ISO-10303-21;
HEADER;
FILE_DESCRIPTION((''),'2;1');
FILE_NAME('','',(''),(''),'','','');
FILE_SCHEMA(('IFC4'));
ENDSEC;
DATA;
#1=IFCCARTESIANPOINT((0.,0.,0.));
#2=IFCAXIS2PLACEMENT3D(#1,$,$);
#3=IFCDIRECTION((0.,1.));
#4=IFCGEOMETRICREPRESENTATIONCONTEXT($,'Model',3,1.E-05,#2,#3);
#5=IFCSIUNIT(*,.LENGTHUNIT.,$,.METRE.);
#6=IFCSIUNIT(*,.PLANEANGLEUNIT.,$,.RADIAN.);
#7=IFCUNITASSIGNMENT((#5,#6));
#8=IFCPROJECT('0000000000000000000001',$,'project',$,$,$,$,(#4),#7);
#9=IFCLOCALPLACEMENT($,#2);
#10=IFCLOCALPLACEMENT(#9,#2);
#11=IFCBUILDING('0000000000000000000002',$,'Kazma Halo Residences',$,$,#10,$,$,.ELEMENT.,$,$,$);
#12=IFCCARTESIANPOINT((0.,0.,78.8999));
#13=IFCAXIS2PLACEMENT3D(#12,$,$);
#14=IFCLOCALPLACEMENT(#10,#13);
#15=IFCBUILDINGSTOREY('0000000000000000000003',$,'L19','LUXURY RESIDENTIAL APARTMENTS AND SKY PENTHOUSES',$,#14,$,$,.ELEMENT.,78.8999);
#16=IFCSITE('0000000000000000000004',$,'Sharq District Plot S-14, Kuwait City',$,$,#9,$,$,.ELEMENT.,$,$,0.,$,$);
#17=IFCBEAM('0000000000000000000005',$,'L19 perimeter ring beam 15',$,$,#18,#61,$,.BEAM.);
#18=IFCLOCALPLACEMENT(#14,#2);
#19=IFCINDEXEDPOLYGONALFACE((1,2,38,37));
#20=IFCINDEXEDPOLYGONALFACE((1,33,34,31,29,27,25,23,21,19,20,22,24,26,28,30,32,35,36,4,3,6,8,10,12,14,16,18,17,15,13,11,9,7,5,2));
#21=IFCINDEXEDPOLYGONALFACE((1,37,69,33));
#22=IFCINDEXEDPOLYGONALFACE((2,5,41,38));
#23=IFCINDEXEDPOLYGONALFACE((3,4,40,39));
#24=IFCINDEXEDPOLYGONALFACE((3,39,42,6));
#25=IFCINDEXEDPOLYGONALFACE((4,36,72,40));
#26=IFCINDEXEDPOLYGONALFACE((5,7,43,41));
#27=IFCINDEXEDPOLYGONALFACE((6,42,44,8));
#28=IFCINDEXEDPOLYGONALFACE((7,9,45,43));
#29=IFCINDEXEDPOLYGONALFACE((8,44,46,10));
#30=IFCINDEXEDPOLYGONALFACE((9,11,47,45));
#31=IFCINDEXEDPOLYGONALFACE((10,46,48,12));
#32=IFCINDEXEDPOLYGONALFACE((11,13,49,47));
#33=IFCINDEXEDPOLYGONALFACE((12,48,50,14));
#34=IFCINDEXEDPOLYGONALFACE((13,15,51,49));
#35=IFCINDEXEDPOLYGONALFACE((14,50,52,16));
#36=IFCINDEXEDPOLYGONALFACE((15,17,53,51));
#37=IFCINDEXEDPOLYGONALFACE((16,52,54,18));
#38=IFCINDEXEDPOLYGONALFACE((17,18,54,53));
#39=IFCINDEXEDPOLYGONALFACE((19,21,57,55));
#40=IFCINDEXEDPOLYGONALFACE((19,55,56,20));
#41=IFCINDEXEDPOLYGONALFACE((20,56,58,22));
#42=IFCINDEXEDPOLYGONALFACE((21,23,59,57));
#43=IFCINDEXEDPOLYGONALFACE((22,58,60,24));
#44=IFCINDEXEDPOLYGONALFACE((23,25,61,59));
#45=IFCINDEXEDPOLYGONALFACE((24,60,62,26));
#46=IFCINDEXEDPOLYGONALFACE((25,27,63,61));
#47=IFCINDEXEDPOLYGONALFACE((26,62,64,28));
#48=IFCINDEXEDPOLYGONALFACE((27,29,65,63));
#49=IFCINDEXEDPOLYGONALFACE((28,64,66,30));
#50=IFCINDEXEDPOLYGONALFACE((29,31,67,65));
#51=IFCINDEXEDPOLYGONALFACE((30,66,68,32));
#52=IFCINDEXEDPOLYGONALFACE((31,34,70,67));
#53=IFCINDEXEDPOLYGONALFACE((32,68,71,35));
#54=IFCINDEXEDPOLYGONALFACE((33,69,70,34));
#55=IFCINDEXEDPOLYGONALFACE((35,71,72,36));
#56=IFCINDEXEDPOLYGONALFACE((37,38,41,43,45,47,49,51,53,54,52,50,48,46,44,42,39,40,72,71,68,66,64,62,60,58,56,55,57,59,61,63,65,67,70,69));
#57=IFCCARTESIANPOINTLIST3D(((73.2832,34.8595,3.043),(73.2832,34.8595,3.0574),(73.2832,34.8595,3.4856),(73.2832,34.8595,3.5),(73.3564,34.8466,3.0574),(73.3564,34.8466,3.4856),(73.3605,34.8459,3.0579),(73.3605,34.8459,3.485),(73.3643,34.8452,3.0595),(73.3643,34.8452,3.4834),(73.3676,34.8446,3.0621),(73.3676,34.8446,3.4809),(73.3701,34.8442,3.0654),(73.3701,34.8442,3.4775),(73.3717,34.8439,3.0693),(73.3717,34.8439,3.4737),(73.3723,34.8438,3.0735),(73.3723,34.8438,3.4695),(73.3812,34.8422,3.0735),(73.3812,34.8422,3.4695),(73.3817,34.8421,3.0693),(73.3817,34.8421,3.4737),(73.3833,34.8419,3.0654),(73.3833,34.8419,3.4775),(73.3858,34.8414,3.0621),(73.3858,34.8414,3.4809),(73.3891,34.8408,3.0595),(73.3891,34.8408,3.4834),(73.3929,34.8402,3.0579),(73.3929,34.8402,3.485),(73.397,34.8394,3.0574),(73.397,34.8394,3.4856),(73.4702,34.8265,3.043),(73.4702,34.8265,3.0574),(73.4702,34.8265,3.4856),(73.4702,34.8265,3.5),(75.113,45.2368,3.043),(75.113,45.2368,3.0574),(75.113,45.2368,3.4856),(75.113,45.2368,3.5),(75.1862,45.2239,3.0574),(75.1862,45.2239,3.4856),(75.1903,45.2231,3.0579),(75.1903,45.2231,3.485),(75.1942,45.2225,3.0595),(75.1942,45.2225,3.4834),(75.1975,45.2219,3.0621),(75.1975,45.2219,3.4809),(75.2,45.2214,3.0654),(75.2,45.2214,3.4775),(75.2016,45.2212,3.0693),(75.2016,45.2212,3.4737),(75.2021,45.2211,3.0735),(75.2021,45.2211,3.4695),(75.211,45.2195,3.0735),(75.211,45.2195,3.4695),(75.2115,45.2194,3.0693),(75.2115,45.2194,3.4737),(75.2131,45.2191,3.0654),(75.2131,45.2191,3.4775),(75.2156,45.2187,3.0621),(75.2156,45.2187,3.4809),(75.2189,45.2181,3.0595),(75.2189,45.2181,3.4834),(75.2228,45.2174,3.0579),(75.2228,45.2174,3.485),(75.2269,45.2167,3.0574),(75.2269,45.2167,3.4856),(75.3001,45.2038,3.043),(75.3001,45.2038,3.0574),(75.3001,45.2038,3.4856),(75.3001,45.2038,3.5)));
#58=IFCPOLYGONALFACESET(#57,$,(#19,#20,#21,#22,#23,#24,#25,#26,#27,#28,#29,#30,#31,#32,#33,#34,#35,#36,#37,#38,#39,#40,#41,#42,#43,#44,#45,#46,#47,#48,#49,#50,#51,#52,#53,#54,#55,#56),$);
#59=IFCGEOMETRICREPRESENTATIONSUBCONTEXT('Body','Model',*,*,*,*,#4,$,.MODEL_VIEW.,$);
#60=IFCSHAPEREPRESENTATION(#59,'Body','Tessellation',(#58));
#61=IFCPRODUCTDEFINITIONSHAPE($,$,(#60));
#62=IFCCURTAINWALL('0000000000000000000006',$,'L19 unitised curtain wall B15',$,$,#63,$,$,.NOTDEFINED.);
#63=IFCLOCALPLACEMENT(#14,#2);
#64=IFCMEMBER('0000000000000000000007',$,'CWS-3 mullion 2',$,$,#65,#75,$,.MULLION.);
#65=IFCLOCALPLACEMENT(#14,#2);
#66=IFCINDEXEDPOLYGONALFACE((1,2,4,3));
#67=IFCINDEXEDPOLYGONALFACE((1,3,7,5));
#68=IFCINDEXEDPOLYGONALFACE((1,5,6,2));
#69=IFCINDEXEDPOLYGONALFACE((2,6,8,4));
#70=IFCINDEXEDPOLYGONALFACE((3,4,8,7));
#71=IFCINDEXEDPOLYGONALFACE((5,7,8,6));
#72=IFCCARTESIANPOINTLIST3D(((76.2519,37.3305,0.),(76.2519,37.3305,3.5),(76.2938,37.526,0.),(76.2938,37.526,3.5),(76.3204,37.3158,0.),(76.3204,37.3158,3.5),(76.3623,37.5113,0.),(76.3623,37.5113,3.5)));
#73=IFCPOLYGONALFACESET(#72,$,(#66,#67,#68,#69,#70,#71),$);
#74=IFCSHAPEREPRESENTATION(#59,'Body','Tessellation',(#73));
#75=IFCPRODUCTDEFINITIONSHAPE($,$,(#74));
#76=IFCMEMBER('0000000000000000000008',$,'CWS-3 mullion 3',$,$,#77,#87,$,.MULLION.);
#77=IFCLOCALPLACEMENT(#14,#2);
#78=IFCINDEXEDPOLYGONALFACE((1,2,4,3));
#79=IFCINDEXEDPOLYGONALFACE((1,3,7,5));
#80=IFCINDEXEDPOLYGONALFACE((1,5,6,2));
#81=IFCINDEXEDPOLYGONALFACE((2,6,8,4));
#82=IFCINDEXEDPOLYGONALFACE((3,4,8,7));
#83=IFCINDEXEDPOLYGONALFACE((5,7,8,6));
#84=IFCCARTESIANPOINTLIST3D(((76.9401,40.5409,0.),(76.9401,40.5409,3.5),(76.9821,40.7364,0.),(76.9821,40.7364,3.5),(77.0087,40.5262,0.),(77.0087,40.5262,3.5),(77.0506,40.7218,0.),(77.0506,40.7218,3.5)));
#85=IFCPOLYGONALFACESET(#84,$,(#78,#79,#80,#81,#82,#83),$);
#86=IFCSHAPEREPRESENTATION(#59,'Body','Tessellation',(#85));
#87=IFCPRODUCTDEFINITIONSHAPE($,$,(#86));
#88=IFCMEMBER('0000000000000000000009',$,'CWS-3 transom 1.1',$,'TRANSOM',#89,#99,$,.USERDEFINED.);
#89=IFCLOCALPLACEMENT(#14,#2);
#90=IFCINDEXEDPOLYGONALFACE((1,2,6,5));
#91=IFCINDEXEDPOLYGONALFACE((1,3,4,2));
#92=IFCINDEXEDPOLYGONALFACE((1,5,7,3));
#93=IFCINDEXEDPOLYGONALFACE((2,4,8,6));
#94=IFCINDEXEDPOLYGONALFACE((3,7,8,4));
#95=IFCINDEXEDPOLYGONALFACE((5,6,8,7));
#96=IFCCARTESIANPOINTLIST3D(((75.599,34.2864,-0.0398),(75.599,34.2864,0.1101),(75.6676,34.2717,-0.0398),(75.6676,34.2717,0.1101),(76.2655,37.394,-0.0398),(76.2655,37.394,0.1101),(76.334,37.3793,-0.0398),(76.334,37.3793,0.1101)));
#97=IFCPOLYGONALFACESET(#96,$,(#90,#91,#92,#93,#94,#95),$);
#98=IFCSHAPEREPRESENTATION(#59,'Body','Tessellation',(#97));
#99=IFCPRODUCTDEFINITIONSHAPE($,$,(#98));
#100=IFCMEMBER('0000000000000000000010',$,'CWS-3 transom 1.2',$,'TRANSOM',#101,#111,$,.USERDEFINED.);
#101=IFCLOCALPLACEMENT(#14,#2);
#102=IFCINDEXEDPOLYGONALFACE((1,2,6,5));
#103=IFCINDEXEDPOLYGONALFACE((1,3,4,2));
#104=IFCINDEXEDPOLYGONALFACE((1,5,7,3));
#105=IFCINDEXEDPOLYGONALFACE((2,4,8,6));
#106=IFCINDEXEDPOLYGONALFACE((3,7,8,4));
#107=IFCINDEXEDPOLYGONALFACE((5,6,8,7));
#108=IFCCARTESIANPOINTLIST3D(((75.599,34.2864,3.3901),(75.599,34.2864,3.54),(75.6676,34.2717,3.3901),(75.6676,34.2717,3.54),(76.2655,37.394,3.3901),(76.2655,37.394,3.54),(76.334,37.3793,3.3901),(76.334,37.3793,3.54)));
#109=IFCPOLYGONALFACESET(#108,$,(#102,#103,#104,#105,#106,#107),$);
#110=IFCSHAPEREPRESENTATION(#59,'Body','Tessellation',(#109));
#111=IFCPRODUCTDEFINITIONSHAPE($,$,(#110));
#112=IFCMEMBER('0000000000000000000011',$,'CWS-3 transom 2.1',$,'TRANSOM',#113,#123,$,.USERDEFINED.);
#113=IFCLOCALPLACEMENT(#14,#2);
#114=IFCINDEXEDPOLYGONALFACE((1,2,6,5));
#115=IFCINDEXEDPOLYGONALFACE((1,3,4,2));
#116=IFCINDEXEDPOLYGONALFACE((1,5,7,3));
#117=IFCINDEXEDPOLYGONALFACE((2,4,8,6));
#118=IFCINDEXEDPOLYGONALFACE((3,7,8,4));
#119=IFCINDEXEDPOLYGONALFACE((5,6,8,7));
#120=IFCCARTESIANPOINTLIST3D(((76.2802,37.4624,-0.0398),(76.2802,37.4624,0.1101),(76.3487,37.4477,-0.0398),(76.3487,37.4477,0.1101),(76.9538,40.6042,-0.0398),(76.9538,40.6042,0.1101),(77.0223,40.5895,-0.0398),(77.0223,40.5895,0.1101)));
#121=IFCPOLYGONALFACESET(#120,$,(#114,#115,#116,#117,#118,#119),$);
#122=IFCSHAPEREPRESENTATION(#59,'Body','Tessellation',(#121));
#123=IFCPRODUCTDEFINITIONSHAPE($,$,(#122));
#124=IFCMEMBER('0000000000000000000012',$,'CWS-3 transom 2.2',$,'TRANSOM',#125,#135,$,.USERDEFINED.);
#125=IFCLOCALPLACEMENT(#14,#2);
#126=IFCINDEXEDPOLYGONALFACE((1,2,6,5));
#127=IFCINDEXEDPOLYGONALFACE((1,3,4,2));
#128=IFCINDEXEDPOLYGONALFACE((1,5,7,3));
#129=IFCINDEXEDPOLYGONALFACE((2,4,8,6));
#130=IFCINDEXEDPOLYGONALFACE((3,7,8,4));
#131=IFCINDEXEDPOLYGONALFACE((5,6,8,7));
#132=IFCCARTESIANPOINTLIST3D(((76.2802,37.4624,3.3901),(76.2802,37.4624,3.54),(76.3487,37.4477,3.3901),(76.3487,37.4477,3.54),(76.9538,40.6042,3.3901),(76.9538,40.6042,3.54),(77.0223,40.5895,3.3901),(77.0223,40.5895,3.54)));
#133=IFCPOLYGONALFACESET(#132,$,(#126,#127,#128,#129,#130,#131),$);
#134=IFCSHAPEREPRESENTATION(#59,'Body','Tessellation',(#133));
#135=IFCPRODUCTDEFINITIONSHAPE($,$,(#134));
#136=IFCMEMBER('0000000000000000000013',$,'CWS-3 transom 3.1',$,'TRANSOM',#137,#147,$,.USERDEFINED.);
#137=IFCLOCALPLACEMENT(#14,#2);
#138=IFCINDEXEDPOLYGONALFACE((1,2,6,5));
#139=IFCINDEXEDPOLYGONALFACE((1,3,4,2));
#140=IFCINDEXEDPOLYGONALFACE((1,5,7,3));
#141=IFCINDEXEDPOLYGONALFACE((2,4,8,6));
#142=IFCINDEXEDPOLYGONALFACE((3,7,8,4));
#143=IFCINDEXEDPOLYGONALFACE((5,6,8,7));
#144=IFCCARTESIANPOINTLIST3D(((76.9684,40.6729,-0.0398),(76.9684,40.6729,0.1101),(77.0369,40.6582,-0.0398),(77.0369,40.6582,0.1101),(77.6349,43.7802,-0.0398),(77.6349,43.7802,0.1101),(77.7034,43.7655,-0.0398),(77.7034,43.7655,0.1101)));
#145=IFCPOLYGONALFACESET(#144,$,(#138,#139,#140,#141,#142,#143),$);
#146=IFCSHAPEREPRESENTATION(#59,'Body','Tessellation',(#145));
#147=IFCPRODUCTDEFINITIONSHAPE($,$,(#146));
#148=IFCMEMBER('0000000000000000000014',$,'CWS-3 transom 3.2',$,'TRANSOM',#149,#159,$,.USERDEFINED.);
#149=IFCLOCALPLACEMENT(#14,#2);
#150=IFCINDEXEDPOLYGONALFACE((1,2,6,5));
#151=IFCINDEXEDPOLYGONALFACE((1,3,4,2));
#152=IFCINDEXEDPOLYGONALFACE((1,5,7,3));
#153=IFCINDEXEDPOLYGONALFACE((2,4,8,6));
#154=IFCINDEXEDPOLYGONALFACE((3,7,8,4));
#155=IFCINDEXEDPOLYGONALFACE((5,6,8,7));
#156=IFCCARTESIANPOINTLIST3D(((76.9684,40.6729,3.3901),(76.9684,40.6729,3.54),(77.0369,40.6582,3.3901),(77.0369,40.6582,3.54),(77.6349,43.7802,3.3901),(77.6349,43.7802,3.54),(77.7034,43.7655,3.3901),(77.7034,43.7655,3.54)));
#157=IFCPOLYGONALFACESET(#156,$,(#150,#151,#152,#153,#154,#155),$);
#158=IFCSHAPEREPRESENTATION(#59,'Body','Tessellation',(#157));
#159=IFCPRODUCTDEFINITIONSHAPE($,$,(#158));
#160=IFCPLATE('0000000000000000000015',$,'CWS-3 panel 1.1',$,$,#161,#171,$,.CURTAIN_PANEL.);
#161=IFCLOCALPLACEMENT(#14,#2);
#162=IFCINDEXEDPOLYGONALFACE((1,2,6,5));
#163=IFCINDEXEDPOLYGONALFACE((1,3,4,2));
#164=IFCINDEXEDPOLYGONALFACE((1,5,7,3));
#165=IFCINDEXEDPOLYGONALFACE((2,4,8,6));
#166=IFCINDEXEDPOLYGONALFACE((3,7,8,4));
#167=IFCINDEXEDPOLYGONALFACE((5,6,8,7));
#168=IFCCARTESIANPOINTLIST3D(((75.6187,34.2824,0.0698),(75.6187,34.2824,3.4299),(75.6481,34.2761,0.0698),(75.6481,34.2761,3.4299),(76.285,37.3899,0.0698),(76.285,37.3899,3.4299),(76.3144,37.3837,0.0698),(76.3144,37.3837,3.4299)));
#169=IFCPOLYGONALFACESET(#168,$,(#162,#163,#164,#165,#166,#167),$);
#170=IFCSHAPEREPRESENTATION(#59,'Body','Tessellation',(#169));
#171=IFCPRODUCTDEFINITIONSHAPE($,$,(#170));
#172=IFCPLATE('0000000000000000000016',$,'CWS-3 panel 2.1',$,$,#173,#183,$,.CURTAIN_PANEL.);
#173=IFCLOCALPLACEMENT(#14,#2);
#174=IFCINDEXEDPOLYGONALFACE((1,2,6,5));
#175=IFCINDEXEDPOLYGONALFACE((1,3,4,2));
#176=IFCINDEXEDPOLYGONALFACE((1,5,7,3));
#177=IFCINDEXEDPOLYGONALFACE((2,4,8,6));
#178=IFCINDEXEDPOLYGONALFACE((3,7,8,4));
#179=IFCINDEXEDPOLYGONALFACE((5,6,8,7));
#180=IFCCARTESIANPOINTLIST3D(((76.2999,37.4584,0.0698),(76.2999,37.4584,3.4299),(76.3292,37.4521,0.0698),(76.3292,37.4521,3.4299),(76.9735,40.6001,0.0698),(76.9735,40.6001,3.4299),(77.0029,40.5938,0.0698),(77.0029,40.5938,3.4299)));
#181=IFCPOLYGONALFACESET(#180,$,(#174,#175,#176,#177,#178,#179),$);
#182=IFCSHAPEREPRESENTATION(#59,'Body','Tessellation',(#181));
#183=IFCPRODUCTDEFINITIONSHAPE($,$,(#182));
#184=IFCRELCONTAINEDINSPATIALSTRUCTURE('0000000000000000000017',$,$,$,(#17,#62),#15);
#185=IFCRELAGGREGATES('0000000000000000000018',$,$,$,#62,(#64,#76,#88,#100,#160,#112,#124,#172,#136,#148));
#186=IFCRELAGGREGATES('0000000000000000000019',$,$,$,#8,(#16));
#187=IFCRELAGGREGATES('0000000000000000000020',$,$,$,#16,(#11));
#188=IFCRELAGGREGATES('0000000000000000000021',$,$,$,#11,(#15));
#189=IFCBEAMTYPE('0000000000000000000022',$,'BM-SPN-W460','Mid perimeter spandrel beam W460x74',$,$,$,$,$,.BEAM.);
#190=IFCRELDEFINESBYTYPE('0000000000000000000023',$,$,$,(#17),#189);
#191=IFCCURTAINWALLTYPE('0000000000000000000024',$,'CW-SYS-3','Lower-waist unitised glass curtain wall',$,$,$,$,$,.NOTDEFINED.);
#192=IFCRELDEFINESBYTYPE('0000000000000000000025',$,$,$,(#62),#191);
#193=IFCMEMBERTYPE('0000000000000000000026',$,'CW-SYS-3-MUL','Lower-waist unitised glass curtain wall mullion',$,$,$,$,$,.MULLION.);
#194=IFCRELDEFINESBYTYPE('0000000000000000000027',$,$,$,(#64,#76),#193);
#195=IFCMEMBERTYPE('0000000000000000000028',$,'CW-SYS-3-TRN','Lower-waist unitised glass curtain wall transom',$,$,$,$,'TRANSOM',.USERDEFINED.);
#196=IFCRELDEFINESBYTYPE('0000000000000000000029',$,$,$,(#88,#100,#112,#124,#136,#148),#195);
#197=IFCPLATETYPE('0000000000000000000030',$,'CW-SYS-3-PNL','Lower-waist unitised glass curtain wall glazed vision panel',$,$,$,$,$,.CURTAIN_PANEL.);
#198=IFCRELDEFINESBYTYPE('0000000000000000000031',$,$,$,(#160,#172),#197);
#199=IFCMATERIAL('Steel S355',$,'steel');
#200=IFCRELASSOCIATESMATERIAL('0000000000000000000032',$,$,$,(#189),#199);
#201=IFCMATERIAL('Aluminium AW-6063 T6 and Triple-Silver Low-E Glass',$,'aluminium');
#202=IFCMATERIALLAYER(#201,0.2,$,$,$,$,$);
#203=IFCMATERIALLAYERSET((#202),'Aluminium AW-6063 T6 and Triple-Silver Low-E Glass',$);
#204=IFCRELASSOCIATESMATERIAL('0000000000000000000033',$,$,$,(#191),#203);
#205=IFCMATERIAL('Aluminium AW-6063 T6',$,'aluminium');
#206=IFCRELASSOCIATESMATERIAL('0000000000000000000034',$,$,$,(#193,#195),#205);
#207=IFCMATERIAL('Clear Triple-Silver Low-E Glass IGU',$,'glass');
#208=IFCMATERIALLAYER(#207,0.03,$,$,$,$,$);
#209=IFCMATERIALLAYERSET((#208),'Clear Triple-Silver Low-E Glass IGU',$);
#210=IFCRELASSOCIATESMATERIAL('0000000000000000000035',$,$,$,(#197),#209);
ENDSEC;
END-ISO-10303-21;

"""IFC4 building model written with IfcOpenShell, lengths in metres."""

from ifc_helpers import new_model, si_unit, direction, frame, origin, origin_2d, place, context, subcontext, project, spatial, rectangle, i_section, extrude, material, layer, layer_set, material_profile, profile_set, type_object, element, aggregate, save


model = new_model("IFC4")

# Units and contexts
model_context = context("Model", 3, precision=1e-05, world=origin(), true_north=direction((0.0, 1.0)))
body_context = subcontext(model_context, "Body", "Model", "MODEL_VIEW")
ifc_project = project(units=[si_unit("LENGTHUNIT", "METRE"), si_unit("PLANEANGLEUNIT", "RADIAN")], contexts=[model_context])

# Site, building, storey
site_placement = place(None, origin())
site = spatial("IfcSite", under=ifc_project, at=site_placement, Name="Sharq District Plot S-14, Kuwait City", CompositionType="ELEMENT", RefElevation=0.0)
building_placement = place(site_placement, origin())
building = spatial("IfcBuilding", under=site, at=building_placement, Name="Kazma Halo Residences", CompositionType="ELEMENT")
storey_placement = place(building_placement, frame((0.0, 0.0, 78.8999)))
storey = spatial("IfcBuildingStorey", under=building, at=storey_placement, Name="L19", Description="LUXURY RESIDENTIAL APARTMENTS AND SKY PENTHOUSES", CompositionType="ELEMENT", Elevation=78.8999)

# Beam
ifc_material_1 = material(Name="Steel S355", Category="steel")
ifc_material_profile_1 = material_profile(ifc_material_1, i_section(OverallWidth=0.1899, OverallDepth=0.457, WebThickness=0.009, FlangeThickness=0.0144, FilletRadius=0.0161, at=origin_2d()), Name="W460x74")
ifc_profile_set_1 = profile_set([ifc_material_profile_1], Name="Steel S355")
beam_type_1 = type_object("IfcBeamType", Name="BM-SPN-W460", Description="Mid perimeter spandrel beam W460x74", PredefinedType="BEAM", material=ifc_profile_set_1)
beam_1_placement = place(storey_placement, frame((73.3767, 34.843, 3.2715), z_axis=(0.173653, 0.984807, 0.0), x_axis=(-0.984807, 0.173653, 0.0)))
element("IfcBeam", 1, at=beam_1_placement, inside=storey, type_object=beam_type_1, Name="L19 perimeter ring beam 15", PredefinedType="BEAM", context=body_context, shape_type="SweptSolid", body=[
    extrude(i_section(OverallWidth=0.1899, OverallDepth=0.457, WebThickness=0.009, FlangeThickness=0.0144, FilletRadius=0.0161, at=origin_2d()), origin(), (0.0, 0.0, 1.0), 10.5374),
])

# Curtain wall, members, plates
ifc_material_2 = material(Name="Aluminium AW-6063 T6 and Triple-Silver Low-E Glass", Category="aluminium")
ifc_layer_1 = layer(ifc_material_2, 0.2)
ifc_layer_set_1 = layer_set([ifc_layer_1], Name="Aluminium AW-6063 T6 and Triple-Silver Low-E Glass")
curtain_wall_type = type_object("IfcCurtainWallType", Name="CW-SYS-3", Description="Lower-waist unitised glass curtain wall", PredefinedType="NOTDEFINED", material=ifc_layer_set_1)
curtain_wall_placement = place(storey_placement, origin())
curtain_wall = element("IfcCurtainWall", 2, at=curtain_wall_placement, inside=storey, type_object=curtain_wall_type, Name="L19 unitised curtain wall B15", PredefinedType="NOTDEFINED")
ifc_material_3 = material(Name="Aluminium AW-6063 T6", Category="aluminium")
ifc_material_profile_2 = material_profile(ifc_material_3, rectangle(XDim=0.0701, YDim=0.2, at=origin_2d()), Name="CWM-70x200")
ifc_profile_set_2 = profile_set([ifc_material_profile_2], Name="Aluminium AW-6063 T6")
member_type_1 = type_object("IfcMemberType", Name="CW-SYS-3-MUL", Description="Lower-waist unitised glass curtain wall mullion", PredefinedType="MULLION", material=ifc_profile_set_2)
member_1_placement = place(storey_placement, frame((76.3071, 37.4209, 0.0), z_axis=(0.0, 0.0, 1.0), x_axis=(-0.977774, 0.209661, 0.0)))
member_1 = element("IfcMember", 3, at=member_1_placement, type_object=member_type_1, Name="CWS-3 mullion 2", PredefinedType="MULLION", context=body_context, shape_type="SweptSolid", body=[
    extrude(rectangle(XDim=0.0701, YDim=0.2, at=origin_2d()), origin(), (0.0, 0.0, 1.0), 3.5),
])
member_2_placement = place(storey_placement, frame((76.9954, 40.6313, 0.0), z_axis=(0.0, 0.0, 1.0), x_axis=(-0.977774, 0.209661, 0.0)))
member_2 = element("IfcMember", 4, at=member_2_placement, type_object=member_type_1, Name="CWS-3 mullion 3", PredefinedType="MULLION", context=body_context, shape_type="SweptSolid", body=[
    extrude(rectangle(XDim=0.0701, YDim=0.2, at=origin_2d()), origin(), (0.0, 0.0, 1.0), 3.5),
])
ifc_material_profile_3 = material_profile(ifc_material_3, rectangle(XDim=0.0701, YDim=0.1499, at=origin_2d()), Name="CWT-70x150")
ifc_profile_set_3 = profile_set([ifc_material_profile_3], Name="Aluminium AW-6063 T6")
member_type_2 = type_object("IfcMemberType", Name="CW-SYS-3-TRN", Description="Lower-waist unitised glass curtain wall transom", ElementType="TRANSOM", PredefinedType="USERDEFINED", material=ifc_profile_set_3)
member_3_placement = place(storey_placement, frame((75.6333, 34.2791, 0.0352), z_axis=(0.209702, 0.977765, 0.0), x_axis=(-0.977765, 0.209702, 0.0)))
member_3 = element("IfcMember", 5, at=member_3_placement, type_object=member_type_2, Name="CWS-3 transom 1.1", ObjectType="TRANSOM", PredefinedType="USERDEFINED", context=body_context, shape_type="SweptSolid", body=[
    extrude(rectangle(XDim=0.0701, YDim=0.1499, at=origin_2d()), origin(), (0.0, 0.0, 1.0), 3.1782),
])
member_4_placement = place(storey_placement, frame((75.6333, 34.2791, 3.4651), z_axis=(0.209702, 0.977765, 0.0), x_axis=(-0.977765, 0.209702, 0.0)))
member_4 = element("IfcMember", 6, at=member_4_placement, type_object=member_type_2, Name="CWS-3 transom 1.2", ObjectType="TRANSOM", PredefinedType="USERDEFINED", context=body_context, shape_type="SweptSolid", body=[
    extrude(rectangle(XDim=0.0701, YDim=0.1499, at=origin_2d()), origin(), (0.0, 0.0, 1.0), 3.1782),
])
member_5_placement = place(storey_placement, frame((76.3145, 37.4551, 0.0352), z_axis=(0.209628, 0.977781, 0.0), x_axis=(-0.977781, 0.209628, 0.0)))
member_5 = element("IfcMember", 7, at=member_5_placement, type_object=member_type_2, Name="CWS-3 transom 2.1", ObjectType="TRANSOM", PredefinedType="USERDEFINED", context=body_context, shape_type="SweptSolid", body=[
    extrude(rectangle(XDim=0.0701, YDim=0.1499, at=origin_2d()), origin(), (0.0, 0.0, 1.0), 3.2131),
])
member_6_placement = place(storey_placement, frame((76.3145, 37.4551, 3.4651), z_axis=(0.209628, 0.977781, 0.0), x_axis=(-0.977781, 0.209628, 0.0)))
member_6 = element("IfcMember", 8, at=member_6_placement, type_object=member_type_2, Name="CWS-3 transom 2.2", ObjectType="TRANSOM", PredefinedType="USERDEFINED", context=body_context, shape_type="SweptSolid", body=[
    extrude(rectangle(XDim=0.0701, YDim=0.1499, at=origin_2d()), origin(), (0.0, 0.0, 1.0), 3.2131),
])
member_7_placement = place(storey_placement, frame((77.0027, 40.6655, 0.0352), z_axis=(0.209718, 0.977762, 0.0), x_axis=(-0.977762, 0.209718, 0.0)))
member_7 = element("IfcMember", 9, at=member_7_placement, type_object=member_type_2, Name="CWS-3 transom 3.1", ObjectType="TRANSOM", PredefinedType="USERDEFINED", context=body_context, shape_type="SweptSolid", body=[
    extrude(rectangle(XDim=0.0701, YDim=0.1499, at=origin_2d()), origin(), (0.0, 0.0, 1.0), 3.178),
])
member_8_placement = place(storey_placement, frame((77.0027, 40.6655, 3.4651), z_axis=(0.209718, 0.977762, 0.0), x_axis=(-0.977762, 0.209718, 0.0)))
member_8 = element("IfcMember", 10, at=member_8_placement, type_object=member_type_2, Name="CWS-3 transom 3.2", ObjectType="TRANSOM", PredefinedType="USERDEFINED", context=body_context, shape_type="SweptSolid", body=[
    extrude(rectangle(XDim=0.0701, YDim=0.1499, at=origin_2d()), origin(), (0.0, 0.0, 1.0), 3.178),
])
ifc_material_4 = material(Name="Clear Triple-Silver Low-E Glass IGU", Category="glass")
ifc_layer_2 = layer(ifc_material_4, 0.03)
ifc_layer_set_2 = layer_set([ifc_layer_2], Name="Clear Triple-Silver Low-E Glass IGU")
plate_type = type_object("IfcPlateType", Name="CW-SYS-3-PNL", Description="Lower-waist unitised glass curtain wall glazed vision panel", PredefinedType="CURTAIN_PANEL", material=ifc_layer_set_2)
plate_1_placement = place(storey_placement, frame((75.9666, 35.833, 0.0698), z_axis=(0.0, 0.0, 1.0), x_axis=(0.209661, 0.977774, 0.0)))
plate_1 = element("IfcPlate", 11, at=plate_1_placement, type_object=plate_type, Name="CWS-3 panel 1.1", PredefinedType="CURTAIN_PANEL", context=body_context, shape_type="SweptSolid", body=[
    extrude(rectangle(XDim=3.1782, YDim=0.03, at=origin_2d()), origin(), (0.0, 0.0, 1.0), 3.3601),
])
plate_2_placement = place(storey_placement, frame((76.6514, 39.0261, 0.0698), z_axis=(0.0, 0.0, 1.0), x_axis=(0.209661, 0.977774, 0.0)))
plate_2 = element("IfcPlate", 12, at=plate_2_placement, type_object=plate_type, Name="CWS-3 panel 2.1", PredefinedType="CURTAIN_PANEL", context=body_context, shape_type="SweptSolid", body=[
    extrude(rectangle(XDim=3.2131, YDim=0.03, at=origin_2d()), origin(), (0.0, 0.0, 1.0), 3.3601),
])
aggregate(curtain_wall, [member_1, member_2, member_3, member_4, plate_1, member_5, member_6, plate_2, member_7, member_8])

save(model, "model.ifc")
